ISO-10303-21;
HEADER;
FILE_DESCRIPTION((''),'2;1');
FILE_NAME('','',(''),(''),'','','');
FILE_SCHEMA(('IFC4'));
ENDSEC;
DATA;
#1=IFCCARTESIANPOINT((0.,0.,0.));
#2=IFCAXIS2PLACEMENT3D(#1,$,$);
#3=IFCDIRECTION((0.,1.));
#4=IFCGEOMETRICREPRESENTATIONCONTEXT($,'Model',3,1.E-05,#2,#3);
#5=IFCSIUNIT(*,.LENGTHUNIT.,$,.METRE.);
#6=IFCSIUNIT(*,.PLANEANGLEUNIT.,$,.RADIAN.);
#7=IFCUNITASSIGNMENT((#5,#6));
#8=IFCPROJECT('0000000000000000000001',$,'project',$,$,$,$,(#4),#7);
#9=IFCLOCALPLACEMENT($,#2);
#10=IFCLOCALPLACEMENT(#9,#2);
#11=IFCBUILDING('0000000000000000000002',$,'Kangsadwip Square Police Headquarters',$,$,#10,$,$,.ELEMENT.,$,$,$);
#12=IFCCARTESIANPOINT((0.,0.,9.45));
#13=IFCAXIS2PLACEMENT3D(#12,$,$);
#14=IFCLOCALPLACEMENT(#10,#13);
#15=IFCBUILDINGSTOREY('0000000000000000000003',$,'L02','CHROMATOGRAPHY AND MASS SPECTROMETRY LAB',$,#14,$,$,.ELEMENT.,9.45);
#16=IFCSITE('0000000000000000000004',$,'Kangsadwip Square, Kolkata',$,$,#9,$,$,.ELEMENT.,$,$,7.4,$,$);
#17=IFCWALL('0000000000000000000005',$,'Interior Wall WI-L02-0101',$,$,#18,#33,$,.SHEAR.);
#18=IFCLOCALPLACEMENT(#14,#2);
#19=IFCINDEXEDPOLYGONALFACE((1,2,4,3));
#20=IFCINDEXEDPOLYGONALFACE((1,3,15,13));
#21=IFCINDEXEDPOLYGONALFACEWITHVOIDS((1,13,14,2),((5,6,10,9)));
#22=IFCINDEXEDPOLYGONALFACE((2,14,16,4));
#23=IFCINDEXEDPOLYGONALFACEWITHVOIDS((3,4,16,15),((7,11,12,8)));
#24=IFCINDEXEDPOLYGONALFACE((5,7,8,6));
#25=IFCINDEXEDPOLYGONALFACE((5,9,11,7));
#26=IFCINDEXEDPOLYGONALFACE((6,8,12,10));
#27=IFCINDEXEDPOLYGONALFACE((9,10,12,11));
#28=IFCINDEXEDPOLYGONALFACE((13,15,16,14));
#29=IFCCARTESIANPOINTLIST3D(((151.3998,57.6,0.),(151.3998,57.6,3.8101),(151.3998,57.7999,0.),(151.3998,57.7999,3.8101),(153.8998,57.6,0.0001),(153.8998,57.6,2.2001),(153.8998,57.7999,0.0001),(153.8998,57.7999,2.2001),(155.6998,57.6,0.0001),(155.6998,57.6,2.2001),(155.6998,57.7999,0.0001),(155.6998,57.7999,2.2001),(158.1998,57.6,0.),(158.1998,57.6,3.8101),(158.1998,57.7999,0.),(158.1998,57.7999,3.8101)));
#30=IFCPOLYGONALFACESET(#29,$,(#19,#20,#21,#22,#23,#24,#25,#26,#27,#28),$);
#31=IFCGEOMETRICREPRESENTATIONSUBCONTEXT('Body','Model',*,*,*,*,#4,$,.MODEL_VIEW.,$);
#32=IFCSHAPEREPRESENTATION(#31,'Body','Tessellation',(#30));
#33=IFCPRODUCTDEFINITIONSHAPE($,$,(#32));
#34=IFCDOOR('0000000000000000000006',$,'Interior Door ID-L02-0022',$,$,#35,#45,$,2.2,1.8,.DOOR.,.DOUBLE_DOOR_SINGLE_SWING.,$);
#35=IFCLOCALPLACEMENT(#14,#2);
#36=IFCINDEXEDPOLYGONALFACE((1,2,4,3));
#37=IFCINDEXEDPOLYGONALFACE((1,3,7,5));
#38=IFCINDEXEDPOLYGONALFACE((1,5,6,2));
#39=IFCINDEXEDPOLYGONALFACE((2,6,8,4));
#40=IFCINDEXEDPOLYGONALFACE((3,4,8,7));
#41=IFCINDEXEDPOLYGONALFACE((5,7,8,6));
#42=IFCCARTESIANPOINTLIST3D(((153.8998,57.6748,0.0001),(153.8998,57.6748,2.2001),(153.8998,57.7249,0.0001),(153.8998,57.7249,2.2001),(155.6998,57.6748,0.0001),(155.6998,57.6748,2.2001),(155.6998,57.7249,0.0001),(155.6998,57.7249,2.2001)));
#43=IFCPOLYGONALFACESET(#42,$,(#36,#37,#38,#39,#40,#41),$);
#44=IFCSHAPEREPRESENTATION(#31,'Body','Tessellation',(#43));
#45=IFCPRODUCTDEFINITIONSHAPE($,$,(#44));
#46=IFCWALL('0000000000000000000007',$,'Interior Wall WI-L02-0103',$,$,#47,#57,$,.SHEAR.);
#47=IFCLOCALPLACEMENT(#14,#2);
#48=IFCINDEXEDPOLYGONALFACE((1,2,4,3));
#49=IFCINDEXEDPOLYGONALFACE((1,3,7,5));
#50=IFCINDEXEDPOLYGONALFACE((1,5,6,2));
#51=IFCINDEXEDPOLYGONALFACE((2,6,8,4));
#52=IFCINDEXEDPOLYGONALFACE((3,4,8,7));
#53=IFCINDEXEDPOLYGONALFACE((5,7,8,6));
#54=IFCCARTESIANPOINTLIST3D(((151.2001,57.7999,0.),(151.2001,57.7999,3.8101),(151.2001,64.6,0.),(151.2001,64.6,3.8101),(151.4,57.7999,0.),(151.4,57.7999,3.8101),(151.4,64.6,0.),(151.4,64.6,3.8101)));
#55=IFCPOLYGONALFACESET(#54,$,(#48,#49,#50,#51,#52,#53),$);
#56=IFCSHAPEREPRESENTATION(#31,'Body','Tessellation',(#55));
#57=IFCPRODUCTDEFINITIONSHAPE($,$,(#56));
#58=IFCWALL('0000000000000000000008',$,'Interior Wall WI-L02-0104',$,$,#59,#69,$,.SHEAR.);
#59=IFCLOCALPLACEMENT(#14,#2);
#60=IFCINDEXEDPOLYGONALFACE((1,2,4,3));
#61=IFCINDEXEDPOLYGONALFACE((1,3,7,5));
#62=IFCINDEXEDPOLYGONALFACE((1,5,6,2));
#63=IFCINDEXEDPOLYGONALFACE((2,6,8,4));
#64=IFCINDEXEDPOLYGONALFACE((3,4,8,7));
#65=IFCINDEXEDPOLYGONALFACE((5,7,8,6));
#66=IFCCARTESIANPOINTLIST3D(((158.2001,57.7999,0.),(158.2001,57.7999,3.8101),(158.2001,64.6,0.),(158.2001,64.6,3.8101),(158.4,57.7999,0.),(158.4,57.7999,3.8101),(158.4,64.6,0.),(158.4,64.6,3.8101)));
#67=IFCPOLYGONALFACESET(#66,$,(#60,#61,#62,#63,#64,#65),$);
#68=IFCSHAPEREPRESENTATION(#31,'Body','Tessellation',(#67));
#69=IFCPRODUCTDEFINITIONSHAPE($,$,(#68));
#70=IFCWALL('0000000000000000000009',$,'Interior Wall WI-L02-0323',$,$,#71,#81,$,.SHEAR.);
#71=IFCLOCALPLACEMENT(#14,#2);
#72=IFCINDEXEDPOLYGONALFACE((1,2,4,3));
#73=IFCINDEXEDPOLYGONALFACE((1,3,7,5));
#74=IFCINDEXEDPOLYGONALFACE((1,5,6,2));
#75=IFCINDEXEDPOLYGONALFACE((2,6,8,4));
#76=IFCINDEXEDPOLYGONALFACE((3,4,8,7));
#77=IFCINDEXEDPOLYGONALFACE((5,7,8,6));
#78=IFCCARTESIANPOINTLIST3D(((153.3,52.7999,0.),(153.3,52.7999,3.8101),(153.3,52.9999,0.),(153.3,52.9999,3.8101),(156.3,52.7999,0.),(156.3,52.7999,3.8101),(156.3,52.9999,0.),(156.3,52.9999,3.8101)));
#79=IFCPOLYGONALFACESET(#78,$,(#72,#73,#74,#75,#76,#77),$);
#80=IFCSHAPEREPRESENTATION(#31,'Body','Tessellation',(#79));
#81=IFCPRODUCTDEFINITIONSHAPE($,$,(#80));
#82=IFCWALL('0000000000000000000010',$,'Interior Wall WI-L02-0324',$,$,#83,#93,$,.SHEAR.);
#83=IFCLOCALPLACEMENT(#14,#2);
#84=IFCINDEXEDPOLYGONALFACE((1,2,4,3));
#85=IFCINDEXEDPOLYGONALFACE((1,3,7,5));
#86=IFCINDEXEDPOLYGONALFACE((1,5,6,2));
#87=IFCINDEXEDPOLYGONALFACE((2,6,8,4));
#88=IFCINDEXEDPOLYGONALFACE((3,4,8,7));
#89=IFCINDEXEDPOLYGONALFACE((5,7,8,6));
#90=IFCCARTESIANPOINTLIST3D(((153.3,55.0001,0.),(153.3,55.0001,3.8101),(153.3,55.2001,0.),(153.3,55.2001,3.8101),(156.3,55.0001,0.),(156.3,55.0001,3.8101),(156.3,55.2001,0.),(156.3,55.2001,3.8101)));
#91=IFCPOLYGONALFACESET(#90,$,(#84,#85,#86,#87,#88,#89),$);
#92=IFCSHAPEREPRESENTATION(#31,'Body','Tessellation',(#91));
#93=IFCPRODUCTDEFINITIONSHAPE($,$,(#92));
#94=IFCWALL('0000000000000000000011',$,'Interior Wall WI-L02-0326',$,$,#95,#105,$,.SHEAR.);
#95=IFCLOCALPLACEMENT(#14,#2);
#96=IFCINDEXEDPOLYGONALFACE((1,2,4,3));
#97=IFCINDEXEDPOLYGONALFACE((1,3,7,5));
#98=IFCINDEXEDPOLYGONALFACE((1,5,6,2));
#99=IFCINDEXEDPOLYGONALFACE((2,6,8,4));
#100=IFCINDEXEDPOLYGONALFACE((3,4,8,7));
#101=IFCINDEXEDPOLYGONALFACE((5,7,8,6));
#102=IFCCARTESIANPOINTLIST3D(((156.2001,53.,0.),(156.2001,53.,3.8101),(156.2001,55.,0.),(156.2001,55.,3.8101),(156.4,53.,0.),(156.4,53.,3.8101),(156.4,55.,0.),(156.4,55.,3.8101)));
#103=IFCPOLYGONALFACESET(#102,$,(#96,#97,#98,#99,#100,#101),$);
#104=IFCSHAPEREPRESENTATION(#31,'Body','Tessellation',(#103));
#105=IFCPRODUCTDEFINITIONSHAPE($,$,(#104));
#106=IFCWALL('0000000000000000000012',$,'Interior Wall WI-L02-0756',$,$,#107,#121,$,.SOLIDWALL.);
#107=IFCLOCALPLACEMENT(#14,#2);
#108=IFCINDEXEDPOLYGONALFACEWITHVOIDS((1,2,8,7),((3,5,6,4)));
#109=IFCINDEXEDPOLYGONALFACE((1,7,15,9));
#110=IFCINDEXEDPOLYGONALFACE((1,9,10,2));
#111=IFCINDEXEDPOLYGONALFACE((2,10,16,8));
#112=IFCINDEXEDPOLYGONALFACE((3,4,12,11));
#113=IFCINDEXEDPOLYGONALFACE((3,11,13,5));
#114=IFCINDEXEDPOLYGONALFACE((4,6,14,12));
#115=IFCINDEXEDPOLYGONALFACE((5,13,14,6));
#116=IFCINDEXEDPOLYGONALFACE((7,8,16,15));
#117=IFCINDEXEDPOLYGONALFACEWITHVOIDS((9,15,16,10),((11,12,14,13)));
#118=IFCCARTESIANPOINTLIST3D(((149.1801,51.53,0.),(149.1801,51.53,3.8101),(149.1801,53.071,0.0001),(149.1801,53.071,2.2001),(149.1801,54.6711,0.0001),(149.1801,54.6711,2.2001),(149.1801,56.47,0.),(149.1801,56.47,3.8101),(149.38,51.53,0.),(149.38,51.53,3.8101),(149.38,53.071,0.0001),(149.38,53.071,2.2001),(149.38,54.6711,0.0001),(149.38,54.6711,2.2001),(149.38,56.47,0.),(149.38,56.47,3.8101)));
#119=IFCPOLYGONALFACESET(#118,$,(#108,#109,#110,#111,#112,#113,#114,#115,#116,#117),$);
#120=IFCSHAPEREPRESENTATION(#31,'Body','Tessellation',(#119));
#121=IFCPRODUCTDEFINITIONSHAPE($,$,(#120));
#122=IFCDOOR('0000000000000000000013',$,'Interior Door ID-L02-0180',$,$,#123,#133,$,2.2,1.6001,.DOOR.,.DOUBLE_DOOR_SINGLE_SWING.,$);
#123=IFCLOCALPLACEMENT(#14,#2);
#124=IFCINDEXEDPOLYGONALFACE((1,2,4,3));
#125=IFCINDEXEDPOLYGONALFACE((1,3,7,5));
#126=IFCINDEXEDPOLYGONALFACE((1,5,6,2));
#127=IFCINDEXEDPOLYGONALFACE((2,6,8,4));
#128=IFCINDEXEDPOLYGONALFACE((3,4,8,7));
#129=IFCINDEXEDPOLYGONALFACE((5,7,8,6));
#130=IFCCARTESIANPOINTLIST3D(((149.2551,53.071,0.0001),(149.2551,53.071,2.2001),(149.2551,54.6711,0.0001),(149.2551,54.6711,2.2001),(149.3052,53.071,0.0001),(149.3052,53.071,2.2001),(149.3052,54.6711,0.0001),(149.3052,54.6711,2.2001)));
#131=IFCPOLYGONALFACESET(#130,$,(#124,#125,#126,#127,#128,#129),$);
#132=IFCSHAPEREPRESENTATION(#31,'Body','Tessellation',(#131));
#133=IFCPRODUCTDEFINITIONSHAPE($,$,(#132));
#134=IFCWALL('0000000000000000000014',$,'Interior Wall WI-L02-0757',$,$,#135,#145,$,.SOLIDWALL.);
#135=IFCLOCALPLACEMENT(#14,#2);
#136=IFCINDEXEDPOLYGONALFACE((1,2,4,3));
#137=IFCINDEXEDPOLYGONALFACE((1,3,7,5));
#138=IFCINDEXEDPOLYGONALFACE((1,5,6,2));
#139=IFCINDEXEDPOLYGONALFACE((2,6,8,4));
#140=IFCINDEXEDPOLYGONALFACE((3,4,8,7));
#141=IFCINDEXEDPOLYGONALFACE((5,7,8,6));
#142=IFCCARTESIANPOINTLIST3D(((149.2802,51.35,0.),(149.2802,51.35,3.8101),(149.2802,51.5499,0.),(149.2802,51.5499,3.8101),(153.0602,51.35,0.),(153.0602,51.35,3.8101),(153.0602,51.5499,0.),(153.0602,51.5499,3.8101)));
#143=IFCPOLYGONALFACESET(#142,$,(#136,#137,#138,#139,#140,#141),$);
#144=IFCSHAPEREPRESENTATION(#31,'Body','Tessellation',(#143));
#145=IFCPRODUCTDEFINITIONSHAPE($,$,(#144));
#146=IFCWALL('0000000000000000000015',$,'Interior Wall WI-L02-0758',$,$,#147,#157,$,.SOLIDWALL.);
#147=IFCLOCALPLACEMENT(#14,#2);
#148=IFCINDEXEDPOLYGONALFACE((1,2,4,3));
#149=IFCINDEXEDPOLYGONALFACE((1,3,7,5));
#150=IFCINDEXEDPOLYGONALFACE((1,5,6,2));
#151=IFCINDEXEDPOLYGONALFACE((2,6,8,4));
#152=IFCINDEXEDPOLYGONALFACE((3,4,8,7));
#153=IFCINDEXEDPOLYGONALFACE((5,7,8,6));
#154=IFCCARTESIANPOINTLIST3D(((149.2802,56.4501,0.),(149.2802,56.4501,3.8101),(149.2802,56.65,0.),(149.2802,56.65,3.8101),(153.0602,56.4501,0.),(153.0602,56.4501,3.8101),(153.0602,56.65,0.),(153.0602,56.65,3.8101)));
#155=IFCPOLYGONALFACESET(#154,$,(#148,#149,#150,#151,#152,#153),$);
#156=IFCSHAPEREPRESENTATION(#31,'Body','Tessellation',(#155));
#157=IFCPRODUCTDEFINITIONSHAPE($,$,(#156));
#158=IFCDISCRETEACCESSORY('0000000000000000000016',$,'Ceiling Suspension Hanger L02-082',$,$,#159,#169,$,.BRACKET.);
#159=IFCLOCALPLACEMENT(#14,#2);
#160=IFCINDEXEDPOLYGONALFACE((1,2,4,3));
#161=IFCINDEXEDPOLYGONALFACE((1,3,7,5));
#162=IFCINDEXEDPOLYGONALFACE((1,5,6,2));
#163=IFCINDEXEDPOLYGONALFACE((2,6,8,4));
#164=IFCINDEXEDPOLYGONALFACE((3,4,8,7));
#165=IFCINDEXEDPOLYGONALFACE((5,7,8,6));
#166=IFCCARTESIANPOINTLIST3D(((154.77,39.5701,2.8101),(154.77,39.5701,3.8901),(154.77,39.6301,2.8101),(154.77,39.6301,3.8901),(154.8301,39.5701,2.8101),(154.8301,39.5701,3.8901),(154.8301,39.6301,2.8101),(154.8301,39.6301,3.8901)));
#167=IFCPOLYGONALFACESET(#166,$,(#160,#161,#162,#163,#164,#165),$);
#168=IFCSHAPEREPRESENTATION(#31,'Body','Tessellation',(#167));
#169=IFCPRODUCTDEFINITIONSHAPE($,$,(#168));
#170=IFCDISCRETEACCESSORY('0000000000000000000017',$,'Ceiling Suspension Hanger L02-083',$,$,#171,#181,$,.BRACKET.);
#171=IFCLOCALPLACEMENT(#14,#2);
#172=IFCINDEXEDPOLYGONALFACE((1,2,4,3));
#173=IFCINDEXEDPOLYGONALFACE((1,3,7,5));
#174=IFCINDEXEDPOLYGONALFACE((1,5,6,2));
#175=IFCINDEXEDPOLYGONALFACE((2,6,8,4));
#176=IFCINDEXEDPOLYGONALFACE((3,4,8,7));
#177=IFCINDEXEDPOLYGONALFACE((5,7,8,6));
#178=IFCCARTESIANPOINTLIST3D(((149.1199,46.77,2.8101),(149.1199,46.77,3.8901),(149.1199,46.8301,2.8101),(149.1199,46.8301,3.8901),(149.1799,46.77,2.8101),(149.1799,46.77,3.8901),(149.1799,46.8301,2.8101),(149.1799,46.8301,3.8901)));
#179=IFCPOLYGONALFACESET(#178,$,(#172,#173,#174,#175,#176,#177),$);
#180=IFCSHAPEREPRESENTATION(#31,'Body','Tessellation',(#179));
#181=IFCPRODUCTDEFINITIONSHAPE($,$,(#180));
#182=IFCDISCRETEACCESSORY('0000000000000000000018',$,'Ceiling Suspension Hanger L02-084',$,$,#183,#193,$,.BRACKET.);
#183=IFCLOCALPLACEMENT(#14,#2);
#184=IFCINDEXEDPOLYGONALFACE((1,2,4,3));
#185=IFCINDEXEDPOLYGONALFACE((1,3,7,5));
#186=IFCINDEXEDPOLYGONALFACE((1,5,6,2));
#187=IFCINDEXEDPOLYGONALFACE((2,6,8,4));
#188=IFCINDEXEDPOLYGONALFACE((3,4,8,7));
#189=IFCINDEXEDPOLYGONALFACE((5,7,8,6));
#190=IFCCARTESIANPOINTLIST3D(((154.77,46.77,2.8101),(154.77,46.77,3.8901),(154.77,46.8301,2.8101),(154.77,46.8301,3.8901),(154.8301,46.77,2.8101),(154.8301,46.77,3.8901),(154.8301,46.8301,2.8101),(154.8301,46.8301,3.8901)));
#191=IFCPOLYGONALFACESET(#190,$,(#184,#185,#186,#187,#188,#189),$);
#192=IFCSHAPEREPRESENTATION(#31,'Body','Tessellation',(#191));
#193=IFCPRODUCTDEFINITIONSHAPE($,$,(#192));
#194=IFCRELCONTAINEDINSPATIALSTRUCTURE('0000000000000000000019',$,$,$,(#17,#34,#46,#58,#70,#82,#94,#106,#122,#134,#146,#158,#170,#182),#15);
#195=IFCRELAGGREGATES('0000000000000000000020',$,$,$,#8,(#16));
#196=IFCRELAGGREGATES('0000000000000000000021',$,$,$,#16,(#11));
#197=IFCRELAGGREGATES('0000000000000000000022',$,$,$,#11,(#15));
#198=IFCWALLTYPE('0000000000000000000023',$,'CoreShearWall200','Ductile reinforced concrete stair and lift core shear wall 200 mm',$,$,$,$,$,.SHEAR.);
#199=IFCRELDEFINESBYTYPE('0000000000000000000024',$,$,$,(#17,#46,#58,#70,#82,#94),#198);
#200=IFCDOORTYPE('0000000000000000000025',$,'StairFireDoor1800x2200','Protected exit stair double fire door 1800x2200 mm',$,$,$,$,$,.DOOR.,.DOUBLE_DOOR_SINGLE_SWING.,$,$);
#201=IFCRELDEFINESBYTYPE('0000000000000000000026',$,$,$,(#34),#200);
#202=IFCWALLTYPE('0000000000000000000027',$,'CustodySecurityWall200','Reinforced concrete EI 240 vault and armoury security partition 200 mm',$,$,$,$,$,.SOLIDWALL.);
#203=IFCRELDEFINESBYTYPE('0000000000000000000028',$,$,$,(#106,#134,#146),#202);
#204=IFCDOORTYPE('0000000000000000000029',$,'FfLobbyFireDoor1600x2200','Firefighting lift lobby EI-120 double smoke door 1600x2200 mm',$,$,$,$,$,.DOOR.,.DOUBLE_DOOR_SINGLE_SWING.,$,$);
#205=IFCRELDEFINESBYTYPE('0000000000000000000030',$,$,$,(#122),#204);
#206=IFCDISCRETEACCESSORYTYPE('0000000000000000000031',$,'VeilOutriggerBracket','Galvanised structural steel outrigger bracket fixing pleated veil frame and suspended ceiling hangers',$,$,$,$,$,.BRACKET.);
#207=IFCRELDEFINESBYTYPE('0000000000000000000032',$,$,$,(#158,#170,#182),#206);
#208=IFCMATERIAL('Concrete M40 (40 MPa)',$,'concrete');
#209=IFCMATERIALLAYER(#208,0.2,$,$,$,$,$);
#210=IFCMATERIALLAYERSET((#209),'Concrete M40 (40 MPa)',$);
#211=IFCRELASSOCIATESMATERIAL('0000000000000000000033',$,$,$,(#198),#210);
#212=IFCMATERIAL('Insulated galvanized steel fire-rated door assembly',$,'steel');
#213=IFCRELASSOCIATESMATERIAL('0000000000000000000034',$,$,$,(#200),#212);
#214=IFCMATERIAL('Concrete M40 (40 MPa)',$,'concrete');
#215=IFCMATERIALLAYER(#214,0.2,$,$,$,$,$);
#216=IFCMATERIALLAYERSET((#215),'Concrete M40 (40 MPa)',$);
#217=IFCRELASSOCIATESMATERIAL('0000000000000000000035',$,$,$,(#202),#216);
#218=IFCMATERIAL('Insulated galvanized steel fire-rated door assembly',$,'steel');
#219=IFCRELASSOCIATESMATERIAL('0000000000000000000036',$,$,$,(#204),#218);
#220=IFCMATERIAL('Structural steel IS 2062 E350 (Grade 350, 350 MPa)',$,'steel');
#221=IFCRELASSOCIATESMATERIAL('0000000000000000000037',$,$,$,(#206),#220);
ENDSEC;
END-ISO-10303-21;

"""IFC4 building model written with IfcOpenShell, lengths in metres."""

from ifc_helpers import new_model, si_unit, direction, frame, frame_2d, origin, origin_2d, place, context, subcontext, project, spatial, rectangle, extrude, material, layer, layer_set, type_object, element, fill, save


model = new_model("IFC4")

# Units and contexts
model_context = context("Model", 3, precision=1e-05, world=origin(), true_north=direction((0.0, 1.0)))
body_context = subcontext(model_context, "Body", "Model", "MODEL_VIEW")
ifc_project = project(units=[si_unit("LENGTHUNIT", "METRE"), si_unit("PLANEANGLEUNIT", "RADIAN")], contexts=[model_context])

# Site, building, storey
site_placement = place(None, origin())
site = spatial("IfcSite", under=ifc_project, at=site_placement, Name="Kangsadwip Square, Kolkata", CompositionType="ELEMENT", RefElevation=7.4)
building_placement = place(site_placement, origin())
building = spatial("IfcBuilding", under=site, at=building_placement, Name="Kangsadwip Square Police Headquarters", CompositionType="ELEMENT")
storey_placement = place(building_placement, frame((0.0, 0.0, 9.45)))
storey = spatial("IfcBuildingStorey", under=building, at=storey_placement, Name="L02", Description="CHROMATOGRAPHY AND MASS SPECTROMETRY LAB", CompositionType="ELEMENT", Elevation=9.45)

# Wall, opening, door
ifc_material_1 = material(Name="Concrete M40 (40 MPa)", Category="concrete")
ifc_layer_1 = layer(ifc_material_1, 0.2)
ifc_layer_set_1 = layer_set([ifc_layer_1], Name="Concrete M40 (40 MPa)")
wall_type_1 = type_object("IfcWallType", Name="CoreShearWall200", Description="Ductile reinforced concrete stair and lift core shear wall 200 mm", PredefinedType="SHEAR", material=ifc_layer_set_1)
wall_1_placement = place(storey_placement, frame((151.3999, 57.7, 0.0), z_axis=(0.0, 0.0, 1.0), x_axis=(1.0, 0.0, 0.0)))
wall_1 = element("IfcWall", 1, at=wall_1_placement, inside=storey, type_object=wall_type_1, Name="Interior Wall WI-L02-0101", PredefinedType="SHEAR", context=body_context, shape_type="SweptSolid", body=[
    extrude(rectangle(XDim=6.8, YDim=0.2, at=frame_2d((3.3999, 0.0))), origin(), (0.0, 0.0, 1.0), 3.8101),
])
opening_1_placement = place(wall_1_placement, frame((2.5, 0.0, 0.0)))
opening_1 = element("IfcOpeningElement", 2, at=opening_1_placement, cuts=wall_1, PredefinedType="OPENING", context=body_context, shape_type="SweptSolid", body=[
    extrude(rectangle(XDim=1.8, YDim=2.2, at=frame_2d((0.8999, 1.1001))), frame((0.0, 0.1099, 0.0), z_axis=(0.0, -1.0, 0.0), x_axis=(1.0, 0.0, 0.0)), (0.0, 0.0, 1.0), 0.22),
])
ifc_material_2 = material(Name="Insulated galvanized steel fire-rated door assembly", Category="steel")
door_type_1 = type_object("IfcDoorType", Name="StairFireDoor1800x2200", Description="Protected exit stair double fire door 1800x2200 mm", OperationType="DOUBLE_DOOR_SINGLE_SWING", PredefinedType="DOOR", material=ifc_material_2)
door_1_placement = place(opening_1_placement, origin())
door_1 = element("IfcDoor", 3, at=door_1_placement, inside=storey, type_object=door_type_1, Name="Interior Door ID-L02-0022", OperationType="DOUBLE_DOOR_SINGLE_SWING", OverallHeight=2.2, OverallWidth=1.8, PredefinedType="DOOR", context=body_context, shape_type="SweptSolid", body=[
    extrude(rectangle(XDim=1.8, YDim=2.2, at=frame_2d((0.8999, 1.1001))), frame((0.0, 0.0249, 0.0), z_axis=(0.0, -1.0, 0.0), x_axis=(1.0, 0.0, 0.0)), (0.0, 0.0, 1.0), 0.05),
])
fill(opening_1, door_1)

# Walls
for number, where, z_axis, x_axis, name in (
    (4, (151.3, 57.8, 0.0), (0.0, 0.0, 1.0), (0.0, 1.0, 0.0), "Interior Wall WI-L02-0103"),
    (5, (158.3, 57.8, 0.0), (0.0, 0.0, 1.0), (0.0, 1.0, 0.0), "Interior Wall WI-L02-0104"),
):
    element("IfcWall", number, at=place(storey_placement, frame(where, z_axis=z_axis, x_axis=x_axis)), inside=storey, type_object=wall_type_1, Name=name, PredefinedType="SHEAR", context=body_context, shape_type="SweptSolid", body=[
        extrude(rectangle(XDim=6.8, YDim=0.2, at=frame_2d((3.3999, 0.0))), origin(), (0.0, 0.0, 1.0), 3.8101),
    ])
for number, where, z_axis, x_axis, name in (
    (6, (153.3, 52.8999, 0.0), (0.0, 0.0, 1.0), (1.0, 0.0, 0.0), "Interior Wall WI-L02-0323"),
    (7, (153.3, 55.1001, 0.0), (0.0, 0.0, 1.0), (1.0, 0.0, 0.0), "Interior Wall WI-L02-0324"),
):
    element("IfcWall", number, at=place(storey_placement, frame(where, z_axis=z_axis, x_axis=x_axis)), inside=storey, type_object=wall_type_1, Name=name, PredefinedType="SHEAR", context=body_context, shape_type="SweptSolid", body=[
        extrude(rectangle(XDim=3.0, YDim=0.2, at=frame_2d((1.5, 0.0))), origin(), (0.0, 0.0, 1.0), 3.8101),
    ])

# Wall
wall_2_placement = place(storey_placement, frame((156.3, 53.0, 0.0), z_axis=(0.0, 0.0, 1.0), x_axis=(0.0, 1.0, 0.0)))
element("IfcWall", 8, at=wall_2_placement, inside=storey, type_object=wall_type_1, Name="Interior Wall WI-L02-0326", PredefinedType="SHEAR", context=body_context, shape_type="SweptSolid", body=[
    extrude(rectangle(XDim=2.0, YDim=0.2, at=frame_2d((1.0, 0.0))), origin(), (0.0, 0.0, 1.0), 3.8101),
])

# Wall, opening, door
ifc_material_3 = material(Name="Concrete M40 (40 MPa)", Category="concrete")
ifc_layer_2 = layer(ifc_material_3, 0.2)
ifc_layer_set_2 = layer_set([ifc_layer_2], Name="Concrete M40 (40 MPa)")
wall_type_2 = type_object("IfcWallType", Name="CustodySecurityWall200", Description="Reinforced concrete EI 240 vault and armoury security partition 200 mm", PredefinedType="SOLIDWALL", material=ifc_layer_set_2)
wall_3_placement = place(storey_placement, frame((149.28, 51.53, 0.0), z_axis=(0.0, 0.0, 1.0), x_axis=(0.0, 1.0, 0.0)))
wall_3 = element("IfcWall", 9, at=wall_3_placement, inside=storey, type_object=wall_type_2, Name="Interior Wall WI-L02-0756", PredefinedType="SOLIDWALL", context=body_context, shape_type="SweptSolid", body=[
    extrude(rectangle(XDim=4.9399, YDim=0.2, at=frame_2d((2.47, 0.0))), origin(), (0.0, 0.0, 1.0), 3.8101),
])
opening_2_placement = place(wall_3_placement, frame((1.541, 0.0, 0.0)))
opening_2 = element("IfcOpeningElement", 10, at=opening_2_placement, cuts=wall_3, PredefinedType="OPENING", context=body_context, shape_type="SweptSolid", body=[
    extrude(rectangle(XDim=1.6001, YDim=2.2, at=frame_2d((0.8, 1.1001))), frame((0.0, 0.1099, 0.0), z_axis=(0.0, -1.0, 0.0), x_axis=(1.0, 0.0, 0.0)), (0.0, 0.0, 1.0), 0.22),
])
ifc_material_4 = material(Name="Insulated galvanized steel fire-rated door assembly", Category="steel")
door_type_2 = type_object("IfcDoorType", Name="FfLobbyFireDoor1600x2200", Description="Firefighting lift lobby EI-120 double smoke door 1600x2200 mm", OperationType="DOUBLE_DOOR_SINGLE_SWING", PredefinedType="DOOR", material=ifc_material_4)
door_2_placement = place(opening_2_placement, origin())
door_2 = element("IfcDoor", 11, at=door_2_placement, inside=storey, type_object=door_type_2, Name="Interior Door ID-L02-0180", OperationType="DOUBLE_DOOR_SINGLE_SWING", OverallHeight=2.2, OverallWidth=1.6001, PredefinedType="DOOR", context=body_context, shape_type="SweptSolid", body=[
    extrude(rectangle(XDim=1.6001, YDim=2.2, at=frame_2d((0.8, 1.1001))), frame((0.0, 0.0249, 0.0), z_axis=(0.0, -1.0, 0.0), x_axis=(1.0, 0.0, 0.0)), (0.0, 0.0, 1.0), 0.05),
])
fill(opening_2, door_2)

# Walls
for number, where, z_axis, x_axis, name in (
    (12, (149.28, 51.45, 0.0), (0.0, 0.0, 1.0), (1.0, 0.0, 0.0), "Interior Wall WI-L02-0757"),
    (13, (149.28, 56.55, 0.0), (0.0, 0.0, 1.0), (1.0, 0.0, 0.0), "Interior Wall WI-L02-0758"),
):
    element("IfcWall", number, at=place(storey_placement, frame(where, z_axis=z_axis, x_axis=x_axis)), inside=storey, type_object=wall_type_2, Name=name, PredefinedType="SOLIDWALL", context=body_context, shape_type="SweptSolid", body=[
        extrude(rectangle(XDim=3.78, YDim=0.2, at=frame_2d((1.8901, 0.0))), origin(), (0.0, 0.0, 1.0), 3.8101),
    ])

# Discrete accessories
ifc_material_5 = material(Name="Structural steel IS 2062 E350 (Grade 350, 350 MPa)", Category="steel")
discrete_accessory_type = type_object("IfcDiscreteAccessoryType", Name="VeilOutriggerBracket", Description="Galvanised structural steel outrigger bracket fixing pleated veil frame and suspended ceiling hangers", PredefinedType="BRACKET", material=ifc_material_5)
for number, where, z_axis, x_axis, name in (
    (14, (154.8, 39.6001, 2.8101), (0.0, 0.0, 1.0), (1.0, 0.0, 0.0), "Ceiling Suspension Hanger L02-082"),
    (15, (149.1499, 46.8, 2.8101), (0.0, 0.0, 1.0), (1.0, 0.0, 0.0), "Ceiling Suspension Hanger L02-083"),
    (16, (154.8, 46.8, 2.8101), (0.0, 0.0, 1.0), (1.0, 0.0, 0.0), "Ceiling Suspension Hanger L02-084"),
):
    element("IfcDiscreteAccessory", number, at=place(storey_placement, frame(where, z_axis=z_axis, x_axis=x_axis)), inside=storey, type_object=discrete_accessory_type, Name=name, PredefinedType="BRACKET", context=body_context, shape_type="SweptSolid", body=[
        extrude(rectangle(XDim=0.0601, YDim=0.0601, at=origin_2d()), origin(), (0.0, 0.0, 1.0), 1.0801),
    ])

save(model, "model.ifc")
